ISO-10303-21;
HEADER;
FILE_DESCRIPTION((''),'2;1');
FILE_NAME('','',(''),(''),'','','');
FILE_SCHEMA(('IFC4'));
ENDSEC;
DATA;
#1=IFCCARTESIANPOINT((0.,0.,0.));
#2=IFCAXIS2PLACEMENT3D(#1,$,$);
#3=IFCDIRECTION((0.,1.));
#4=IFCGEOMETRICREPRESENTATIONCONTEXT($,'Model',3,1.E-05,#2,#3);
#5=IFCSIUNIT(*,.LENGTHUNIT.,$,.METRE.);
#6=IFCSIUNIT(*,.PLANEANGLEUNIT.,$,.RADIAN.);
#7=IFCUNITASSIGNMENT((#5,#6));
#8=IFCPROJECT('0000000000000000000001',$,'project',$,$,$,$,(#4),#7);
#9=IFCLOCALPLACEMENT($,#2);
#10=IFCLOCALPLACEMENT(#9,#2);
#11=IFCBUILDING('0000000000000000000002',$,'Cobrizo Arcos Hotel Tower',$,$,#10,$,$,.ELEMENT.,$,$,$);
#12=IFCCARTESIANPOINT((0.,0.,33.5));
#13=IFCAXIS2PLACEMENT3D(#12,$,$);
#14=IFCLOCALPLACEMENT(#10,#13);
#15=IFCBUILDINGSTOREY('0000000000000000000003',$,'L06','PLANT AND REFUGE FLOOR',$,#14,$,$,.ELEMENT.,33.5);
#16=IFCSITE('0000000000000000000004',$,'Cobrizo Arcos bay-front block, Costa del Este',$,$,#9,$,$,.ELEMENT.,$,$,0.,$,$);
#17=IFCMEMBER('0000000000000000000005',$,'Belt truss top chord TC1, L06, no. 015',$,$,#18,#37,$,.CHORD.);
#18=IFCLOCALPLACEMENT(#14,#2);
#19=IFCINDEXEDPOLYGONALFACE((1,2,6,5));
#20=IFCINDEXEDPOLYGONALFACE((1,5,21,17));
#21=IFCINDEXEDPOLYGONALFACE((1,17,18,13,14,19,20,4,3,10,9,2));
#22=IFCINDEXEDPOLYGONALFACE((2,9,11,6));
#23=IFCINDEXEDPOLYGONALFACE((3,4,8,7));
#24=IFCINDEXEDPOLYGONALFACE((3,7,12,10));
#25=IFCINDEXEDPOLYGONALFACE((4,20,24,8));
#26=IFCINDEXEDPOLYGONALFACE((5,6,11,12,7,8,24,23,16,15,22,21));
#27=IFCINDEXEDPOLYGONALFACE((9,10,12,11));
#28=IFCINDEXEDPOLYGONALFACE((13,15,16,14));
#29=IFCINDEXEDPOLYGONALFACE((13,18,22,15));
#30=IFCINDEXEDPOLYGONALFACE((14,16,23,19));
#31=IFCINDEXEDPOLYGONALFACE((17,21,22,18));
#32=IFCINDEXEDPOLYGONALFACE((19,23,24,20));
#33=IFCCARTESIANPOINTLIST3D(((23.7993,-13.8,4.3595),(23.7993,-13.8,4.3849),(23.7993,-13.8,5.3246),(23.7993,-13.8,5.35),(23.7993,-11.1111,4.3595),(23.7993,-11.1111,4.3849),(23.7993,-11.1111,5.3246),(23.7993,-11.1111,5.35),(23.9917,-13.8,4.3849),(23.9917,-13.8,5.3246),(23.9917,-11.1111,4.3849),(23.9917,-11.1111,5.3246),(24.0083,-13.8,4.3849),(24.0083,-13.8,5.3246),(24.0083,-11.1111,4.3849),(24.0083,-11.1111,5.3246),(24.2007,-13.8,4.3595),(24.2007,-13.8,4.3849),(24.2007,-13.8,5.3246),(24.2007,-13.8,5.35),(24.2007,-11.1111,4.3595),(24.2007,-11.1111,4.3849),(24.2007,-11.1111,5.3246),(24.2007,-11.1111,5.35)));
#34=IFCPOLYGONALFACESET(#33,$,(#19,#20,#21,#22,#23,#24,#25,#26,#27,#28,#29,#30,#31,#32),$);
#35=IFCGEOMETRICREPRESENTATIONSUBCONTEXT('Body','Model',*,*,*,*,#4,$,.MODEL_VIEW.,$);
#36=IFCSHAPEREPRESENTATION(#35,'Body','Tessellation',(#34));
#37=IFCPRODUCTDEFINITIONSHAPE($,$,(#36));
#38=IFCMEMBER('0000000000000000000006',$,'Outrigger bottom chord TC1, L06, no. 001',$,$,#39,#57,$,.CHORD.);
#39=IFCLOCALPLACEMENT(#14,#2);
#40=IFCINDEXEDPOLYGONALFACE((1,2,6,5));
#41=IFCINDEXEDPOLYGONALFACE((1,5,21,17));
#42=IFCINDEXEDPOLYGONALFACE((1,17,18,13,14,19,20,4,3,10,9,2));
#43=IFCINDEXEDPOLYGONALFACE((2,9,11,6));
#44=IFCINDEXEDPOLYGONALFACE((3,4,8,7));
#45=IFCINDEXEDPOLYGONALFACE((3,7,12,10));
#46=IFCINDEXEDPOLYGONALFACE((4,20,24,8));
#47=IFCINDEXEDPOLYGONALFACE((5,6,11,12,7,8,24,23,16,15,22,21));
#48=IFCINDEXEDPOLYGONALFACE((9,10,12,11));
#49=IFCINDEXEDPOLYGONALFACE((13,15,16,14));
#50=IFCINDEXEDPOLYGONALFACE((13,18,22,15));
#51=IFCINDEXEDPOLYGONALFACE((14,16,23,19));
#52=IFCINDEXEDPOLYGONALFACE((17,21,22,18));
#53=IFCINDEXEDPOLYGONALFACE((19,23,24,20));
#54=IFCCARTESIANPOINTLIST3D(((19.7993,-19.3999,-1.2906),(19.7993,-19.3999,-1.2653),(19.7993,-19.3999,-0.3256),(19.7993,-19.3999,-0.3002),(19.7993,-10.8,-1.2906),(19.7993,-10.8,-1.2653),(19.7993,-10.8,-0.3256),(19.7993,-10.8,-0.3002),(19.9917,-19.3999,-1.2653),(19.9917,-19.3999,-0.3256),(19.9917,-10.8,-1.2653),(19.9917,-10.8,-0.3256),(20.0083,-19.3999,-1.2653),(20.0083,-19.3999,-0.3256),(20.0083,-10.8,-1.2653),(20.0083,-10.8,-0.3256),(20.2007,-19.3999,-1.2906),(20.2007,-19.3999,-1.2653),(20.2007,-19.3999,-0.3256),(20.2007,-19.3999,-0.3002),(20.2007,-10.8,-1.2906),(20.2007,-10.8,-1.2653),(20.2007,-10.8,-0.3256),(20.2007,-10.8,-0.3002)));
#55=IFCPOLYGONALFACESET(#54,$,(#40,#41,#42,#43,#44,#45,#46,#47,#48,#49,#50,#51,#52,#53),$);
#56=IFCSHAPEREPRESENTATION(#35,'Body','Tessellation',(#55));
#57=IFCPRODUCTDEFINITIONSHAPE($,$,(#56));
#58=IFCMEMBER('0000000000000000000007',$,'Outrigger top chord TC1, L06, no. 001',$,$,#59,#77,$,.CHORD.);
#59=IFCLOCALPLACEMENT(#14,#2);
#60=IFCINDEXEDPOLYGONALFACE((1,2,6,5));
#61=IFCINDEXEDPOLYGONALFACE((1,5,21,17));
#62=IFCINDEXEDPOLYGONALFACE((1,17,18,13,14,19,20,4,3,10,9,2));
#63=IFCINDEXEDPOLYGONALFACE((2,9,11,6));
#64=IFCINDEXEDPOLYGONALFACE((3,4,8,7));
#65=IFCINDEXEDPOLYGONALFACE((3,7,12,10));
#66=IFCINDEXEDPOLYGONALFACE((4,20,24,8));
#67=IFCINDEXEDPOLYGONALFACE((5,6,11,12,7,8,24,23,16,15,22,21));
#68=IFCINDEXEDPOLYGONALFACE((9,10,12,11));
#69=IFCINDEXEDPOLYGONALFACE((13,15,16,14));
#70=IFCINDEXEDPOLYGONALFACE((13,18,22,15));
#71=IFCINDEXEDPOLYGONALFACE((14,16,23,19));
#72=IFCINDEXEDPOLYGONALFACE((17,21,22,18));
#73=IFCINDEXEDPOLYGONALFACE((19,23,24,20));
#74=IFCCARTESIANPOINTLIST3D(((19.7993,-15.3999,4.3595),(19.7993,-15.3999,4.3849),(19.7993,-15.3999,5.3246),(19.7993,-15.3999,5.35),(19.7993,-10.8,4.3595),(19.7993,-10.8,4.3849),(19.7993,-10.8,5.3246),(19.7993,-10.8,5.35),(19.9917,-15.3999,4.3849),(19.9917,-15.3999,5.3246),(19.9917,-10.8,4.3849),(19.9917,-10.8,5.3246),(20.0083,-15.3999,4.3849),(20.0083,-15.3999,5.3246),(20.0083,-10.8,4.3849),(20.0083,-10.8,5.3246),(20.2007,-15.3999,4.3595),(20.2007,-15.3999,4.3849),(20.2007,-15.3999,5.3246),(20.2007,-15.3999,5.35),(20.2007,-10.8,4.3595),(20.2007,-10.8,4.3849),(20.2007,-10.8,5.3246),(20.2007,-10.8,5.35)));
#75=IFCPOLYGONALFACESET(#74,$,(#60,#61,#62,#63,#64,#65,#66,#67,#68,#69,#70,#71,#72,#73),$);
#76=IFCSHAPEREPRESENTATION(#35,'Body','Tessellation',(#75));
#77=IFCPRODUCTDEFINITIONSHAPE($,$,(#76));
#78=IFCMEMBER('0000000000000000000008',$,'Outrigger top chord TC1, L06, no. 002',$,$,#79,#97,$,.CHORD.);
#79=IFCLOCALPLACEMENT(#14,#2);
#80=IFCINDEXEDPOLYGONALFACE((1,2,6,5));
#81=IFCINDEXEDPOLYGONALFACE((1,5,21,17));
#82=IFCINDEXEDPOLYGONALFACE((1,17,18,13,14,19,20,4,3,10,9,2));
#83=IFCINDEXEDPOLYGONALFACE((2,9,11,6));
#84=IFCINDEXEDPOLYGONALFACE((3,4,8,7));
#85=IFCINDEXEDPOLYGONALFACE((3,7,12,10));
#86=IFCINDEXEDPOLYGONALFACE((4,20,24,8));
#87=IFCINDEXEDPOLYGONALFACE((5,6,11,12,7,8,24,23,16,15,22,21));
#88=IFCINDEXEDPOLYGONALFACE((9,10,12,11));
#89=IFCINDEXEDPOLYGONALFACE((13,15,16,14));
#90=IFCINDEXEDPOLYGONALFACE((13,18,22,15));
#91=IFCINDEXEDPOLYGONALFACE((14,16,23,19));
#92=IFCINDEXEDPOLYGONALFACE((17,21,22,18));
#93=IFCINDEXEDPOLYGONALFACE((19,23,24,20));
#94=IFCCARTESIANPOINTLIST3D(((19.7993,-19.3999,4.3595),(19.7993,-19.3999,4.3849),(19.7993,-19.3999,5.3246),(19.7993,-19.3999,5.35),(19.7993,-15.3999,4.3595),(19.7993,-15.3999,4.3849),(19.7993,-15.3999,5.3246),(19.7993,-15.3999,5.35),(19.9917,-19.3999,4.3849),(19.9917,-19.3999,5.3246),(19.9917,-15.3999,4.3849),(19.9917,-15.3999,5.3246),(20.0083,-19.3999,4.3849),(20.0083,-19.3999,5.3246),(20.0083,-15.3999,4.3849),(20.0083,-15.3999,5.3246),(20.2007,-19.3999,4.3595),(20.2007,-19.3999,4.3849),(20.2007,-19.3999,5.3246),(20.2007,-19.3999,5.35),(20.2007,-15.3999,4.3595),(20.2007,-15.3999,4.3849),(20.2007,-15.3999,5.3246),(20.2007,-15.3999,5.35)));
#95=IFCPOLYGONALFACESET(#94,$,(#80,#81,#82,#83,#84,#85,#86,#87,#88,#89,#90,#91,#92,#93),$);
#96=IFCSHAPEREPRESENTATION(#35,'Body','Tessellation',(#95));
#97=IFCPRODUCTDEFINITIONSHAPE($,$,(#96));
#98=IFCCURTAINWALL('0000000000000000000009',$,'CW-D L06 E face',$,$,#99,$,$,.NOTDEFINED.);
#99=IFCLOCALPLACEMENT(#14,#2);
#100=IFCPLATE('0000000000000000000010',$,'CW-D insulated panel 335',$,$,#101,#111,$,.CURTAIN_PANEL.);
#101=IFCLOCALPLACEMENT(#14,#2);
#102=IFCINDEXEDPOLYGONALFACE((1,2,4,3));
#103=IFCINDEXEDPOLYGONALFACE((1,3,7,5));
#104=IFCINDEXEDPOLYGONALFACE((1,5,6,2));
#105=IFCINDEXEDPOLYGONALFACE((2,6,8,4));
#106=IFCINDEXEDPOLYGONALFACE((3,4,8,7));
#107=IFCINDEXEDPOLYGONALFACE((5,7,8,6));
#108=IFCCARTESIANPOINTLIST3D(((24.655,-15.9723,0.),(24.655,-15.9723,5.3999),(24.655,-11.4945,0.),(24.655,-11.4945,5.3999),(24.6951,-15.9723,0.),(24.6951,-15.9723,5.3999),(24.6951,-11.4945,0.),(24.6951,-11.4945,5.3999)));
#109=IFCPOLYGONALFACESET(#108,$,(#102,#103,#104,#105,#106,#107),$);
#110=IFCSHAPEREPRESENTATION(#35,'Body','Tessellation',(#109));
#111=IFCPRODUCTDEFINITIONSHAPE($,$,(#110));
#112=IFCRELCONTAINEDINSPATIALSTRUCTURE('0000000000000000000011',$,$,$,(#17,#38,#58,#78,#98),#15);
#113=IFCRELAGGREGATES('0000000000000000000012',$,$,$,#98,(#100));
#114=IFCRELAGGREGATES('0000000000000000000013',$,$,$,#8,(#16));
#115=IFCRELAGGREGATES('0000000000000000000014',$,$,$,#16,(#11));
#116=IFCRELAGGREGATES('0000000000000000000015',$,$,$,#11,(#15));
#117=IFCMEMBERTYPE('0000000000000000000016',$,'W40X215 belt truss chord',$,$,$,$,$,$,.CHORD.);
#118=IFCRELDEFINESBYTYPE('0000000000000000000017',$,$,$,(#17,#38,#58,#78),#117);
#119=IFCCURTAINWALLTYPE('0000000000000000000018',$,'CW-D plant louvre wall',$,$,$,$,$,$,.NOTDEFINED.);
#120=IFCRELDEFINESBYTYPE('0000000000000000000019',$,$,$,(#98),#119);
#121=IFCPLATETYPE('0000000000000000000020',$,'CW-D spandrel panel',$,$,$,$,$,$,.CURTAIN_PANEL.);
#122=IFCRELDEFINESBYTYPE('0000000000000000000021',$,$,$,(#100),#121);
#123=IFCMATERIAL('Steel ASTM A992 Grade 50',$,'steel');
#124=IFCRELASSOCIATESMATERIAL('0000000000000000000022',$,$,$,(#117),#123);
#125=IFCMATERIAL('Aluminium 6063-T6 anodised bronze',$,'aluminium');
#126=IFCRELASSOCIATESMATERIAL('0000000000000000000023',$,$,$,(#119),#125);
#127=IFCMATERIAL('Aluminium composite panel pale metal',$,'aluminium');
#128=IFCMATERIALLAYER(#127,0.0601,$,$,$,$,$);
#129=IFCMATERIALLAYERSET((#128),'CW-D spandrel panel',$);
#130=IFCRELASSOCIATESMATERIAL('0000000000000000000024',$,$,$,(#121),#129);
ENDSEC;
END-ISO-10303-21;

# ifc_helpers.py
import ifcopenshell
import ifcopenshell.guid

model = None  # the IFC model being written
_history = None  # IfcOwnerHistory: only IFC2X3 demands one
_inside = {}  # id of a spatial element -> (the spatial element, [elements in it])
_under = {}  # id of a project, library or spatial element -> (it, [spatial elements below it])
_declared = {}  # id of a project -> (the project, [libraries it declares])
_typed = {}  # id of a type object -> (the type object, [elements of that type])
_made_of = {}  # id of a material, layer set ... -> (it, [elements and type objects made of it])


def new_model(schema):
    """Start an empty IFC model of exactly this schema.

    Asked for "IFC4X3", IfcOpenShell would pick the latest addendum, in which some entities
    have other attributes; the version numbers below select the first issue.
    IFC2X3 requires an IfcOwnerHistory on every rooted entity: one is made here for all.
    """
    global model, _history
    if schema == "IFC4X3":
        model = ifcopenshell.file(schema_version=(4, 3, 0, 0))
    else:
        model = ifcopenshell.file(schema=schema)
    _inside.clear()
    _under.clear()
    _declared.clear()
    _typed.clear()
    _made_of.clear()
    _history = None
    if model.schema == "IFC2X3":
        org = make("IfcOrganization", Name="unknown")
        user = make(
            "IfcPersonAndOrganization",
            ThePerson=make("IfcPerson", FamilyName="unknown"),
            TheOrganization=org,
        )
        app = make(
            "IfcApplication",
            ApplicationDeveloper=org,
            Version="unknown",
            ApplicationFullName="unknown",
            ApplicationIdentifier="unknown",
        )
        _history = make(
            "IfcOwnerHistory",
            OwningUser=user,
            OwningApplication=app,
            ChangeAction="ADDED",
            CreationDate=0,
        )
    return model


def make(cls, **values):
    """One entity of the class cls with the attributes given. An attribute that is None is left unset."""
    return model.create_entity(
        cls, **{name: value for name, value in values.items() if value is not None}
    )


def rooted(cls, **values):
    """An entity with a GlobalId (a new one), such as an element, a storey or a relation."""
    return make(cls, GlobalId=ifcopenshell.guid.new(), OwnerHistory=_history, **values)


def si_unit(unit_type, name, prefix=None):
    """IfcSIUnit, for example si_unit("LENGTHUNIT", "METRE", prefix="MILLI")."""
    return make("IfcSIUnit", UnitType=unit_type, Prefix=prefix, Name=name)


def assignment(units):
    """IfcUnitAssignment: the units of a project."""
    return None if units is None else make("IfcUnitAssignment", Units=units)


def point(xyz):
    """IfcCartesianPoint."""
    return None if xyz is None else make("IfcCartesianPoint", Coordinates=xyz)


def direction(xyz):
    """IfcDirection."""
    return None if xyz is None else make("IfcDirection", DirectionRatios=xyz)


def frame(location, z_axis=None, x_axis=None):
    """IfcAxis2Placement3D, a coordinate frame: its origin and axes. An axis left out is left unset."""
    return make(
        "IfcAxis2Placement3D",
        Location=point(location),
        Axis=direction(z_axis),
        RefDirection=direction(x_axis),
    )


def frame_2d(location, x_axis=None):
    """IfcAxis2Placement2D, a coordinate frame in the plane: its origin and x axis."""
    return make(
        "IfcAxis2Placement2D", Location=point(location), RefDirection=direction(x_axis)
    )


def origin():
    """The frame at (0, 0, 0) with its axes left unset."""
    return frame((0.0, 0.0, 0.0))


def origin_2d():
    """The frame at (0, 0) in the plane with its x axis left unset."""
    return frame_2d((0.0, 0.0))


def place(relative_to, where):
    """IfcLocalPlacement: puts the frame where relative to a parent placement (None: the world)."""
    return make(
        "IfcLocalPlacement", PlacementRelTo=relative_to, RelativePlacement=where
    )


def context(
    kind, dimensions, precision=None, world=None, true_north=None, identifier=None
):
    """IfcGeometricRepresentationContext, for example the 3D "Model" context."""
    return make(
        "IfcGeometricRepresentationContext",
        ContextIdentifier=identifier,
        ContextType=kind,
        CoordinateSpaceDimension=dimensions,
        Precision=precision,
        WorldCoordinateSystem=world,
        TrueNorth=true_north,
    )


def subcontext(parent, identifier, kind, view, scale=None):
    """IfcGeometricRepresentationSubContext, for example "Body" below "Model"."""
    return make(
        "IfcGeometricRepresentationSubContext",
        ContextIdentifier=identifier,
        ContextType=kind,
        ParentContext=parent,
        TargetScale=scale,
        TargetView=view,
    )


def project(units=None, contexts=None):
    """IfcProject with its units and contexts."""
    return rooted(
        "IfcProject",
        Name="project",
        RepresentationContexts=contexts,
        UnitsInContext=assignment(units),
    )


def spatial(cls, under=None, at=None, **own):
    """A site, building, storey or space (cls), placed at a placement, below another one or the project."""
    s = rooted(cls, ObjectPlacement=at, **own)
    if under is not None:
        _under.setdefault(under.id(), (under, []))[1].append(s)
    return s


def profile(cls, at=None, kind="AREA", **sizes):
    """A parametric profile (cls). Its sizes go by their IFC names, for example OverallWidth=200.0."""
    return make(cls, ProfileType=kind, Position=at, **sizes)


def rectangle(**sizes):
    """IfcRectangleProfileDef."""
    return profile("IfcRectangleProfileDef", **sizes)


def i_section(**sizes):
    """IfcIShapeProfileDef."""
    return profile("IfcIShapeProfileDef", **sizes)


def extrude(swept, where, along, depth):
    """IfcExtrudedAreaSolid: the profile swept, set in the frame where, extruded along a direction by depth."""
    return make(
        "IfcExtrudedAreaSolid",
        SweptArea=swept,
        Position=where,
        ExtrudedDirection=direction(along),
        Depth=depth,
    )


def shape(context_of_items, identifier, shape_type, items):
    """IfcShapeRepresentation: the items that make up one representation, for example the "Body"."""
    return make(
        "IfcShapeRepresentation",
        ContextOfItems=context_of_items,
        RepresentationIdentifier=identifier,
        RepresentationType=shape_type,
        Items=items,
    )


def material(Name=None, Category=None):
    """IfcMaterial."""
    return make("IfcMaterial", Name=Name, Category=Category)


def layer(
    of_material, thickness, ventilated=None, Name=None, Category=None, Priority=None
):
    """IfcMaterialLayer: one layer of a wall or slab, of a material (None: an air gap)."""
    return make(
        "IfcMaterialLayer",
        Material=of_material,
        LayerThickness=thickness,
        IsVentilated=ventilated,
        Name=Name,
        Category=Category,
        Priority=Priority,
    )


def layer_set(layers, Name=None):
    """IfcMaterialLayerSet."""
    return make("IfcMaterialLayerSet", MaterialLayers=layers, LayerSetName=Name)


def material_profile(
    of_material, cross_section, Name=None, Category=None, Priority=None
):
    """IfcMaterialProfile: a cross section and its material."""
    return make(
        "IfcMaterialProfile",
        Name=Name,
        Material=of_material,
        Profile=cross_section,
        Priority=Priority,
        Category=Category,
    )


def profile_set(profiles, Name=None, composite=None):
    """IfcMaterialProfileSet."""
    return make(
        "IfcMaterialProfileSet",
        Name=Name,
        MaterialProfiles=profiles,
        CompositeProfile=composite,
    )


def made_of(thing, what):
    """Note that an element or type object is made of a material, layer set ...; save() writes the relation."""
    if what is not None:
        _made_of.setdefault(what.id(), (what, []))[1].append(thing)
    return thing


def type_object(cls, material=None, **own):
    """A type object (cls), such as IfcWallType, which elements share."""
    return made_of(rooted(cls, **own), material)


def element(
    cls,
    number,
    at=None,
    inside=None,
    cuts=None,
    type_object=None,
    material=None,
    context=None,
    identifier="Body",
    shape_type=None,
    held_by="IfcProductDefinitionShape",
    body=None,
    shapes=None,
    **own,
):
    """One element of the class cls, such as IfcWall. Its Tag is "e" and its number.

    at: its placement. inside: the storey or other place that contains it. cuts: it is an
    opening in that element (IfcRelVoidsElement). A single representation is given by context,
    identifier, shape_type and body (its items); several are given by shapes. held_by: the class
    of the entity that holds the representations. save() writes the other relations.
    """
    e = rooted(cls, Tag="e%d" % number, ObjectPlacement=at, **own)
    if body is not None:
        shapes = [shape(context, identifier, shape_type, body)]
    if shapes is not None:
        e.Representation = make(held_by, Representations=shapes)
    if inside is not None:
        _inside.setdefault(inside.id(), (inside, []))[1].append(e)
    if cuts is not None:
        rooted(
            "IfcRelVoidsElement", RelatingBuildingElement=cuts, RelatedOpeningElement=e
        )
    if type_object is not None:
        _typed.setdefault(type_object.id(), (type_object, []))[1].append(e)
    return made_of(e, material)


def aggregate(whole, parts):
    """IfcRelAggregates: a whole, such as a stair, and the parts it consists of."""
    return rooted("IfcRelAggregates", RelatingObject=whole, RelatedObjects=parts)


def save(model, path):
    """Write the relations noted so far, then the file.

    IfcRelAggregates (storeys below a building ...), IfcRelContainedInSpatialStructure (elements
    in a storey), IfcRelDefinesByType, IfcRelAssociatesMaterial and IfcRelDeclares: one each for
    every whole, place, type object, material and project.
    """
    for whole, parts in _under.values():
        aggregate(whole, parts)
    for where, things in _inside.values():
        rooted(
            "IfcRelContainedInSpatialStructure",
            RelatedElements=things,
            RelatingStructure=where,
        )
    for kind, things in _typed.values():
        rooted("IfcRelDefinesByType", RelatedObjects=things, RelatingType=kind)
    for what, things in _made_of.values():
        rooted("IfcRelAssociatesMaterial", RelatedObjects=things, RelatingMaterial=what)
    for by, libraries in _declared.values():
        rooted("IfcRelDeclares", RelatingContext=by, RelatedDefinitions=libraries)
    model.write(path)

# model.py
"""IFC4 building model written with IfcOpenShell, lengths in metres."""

from ifc_helpers import new_model, si_unit, direction, frame, origin, origin_2d, place, context, subcontext, project, spatial, rectangle, i_section, extrude, material, layer, layer_set, material_profile, profile_set, type_object, element, aggregate, save


model = new_model("IFC4")

# Units and contexts
model_context = context("Model", 3, precision=1e-05, world=origin(), true_north=direction((0.0, 1.0)))
body_context = subcontext(model_context, "Body", "Model", "MODEL_VIEW")
ifc_project = project(units=[si_unit("LENGTHUNIT", "METRE"), si_unit("PLANEANGLEUNIT", "RADIAN")], contexts=[model_context])

# Site, building, storey
site_placement = place(None, origin())
site = spatial("IfcSite", under=ifc_project, at=site_placement, Name="Cobrizo Arcos bay-front block, Costa del Este", CompositionType="ELEMENT", RefElevation=0.0)
building_placement = place(site_placement, origin())
building = spatial("IfcBuilding", under=site, at=building_placement, Name="Cobrizo Arcos Hotel Tower", CompositionType="ELEMENT")
storey_placement = place(building_placement, frame((0.0, 0.0, 33.5)))
storey = spatial("IfcBuildingStorey", under=building, at=storey_placement, Name="L06", Description="PLANT AND REFUGE FLOOR", CompositionType="ELEMENT", Elevation=33.5)

# Shared definitions
ifc_material_1 = material(Name="Steel ASTM A992 Grade 50", Category="steel")

# Members
ifc_material_profile_1 = material_profile(ifc_material_1, i_section(OverallWidth=0.4014, OverallDepth=0.9905, WebThickness=0.0166, FlangeThickness=0.0254, at=origin_2d()), Name="W40X215")
ifc_profile_set_1 = profile_set([ifc_material_profile_1], Name="Steel ASTM A992 Grade 50")
member_type_1 = type_object("IfcMemberType", Name="W40X215 belt truss chord", PredefinedType="CHORD", material=ifc_profile_set_1)
member_1_placement = place(storey_placement, frame((24.0, -13.8, 4.8547), z_axis=(0.0, 1.0, 0.0), x_axis=(-1.0, 0.0, 0.0)))
element("IfcMember", 1, at=member_1_placement, inside=storey, type_object=member_type_1, Name="Belt truss top chord TC1, L06, no. 015", PredefinedType="CHORD", context=body_context, shape_type="SweptSolid", body=[
    extrude(i_section(OverallWidth=0.4014, OverallDepth=0.9905, WebThickness=0.0166, FlangeThickness=0.0254, at=origin_2d()), origin(), (0.0, 0.0, 1.0), 2.689),
])
member_2_placement = place(storey_placement, frame((20.0, -10.8, -0.7954), z_axis=(0.0, -1.0, 0.0), x_axis=(1.0, 0.0, 0.0)))
element("IfcMember", 2, at=member_2_placement, inside=storey, type_object=member_type_1, Name="Outrigger bottom chord TC1, L06, no. 001", PredefinedType="CHORD", context=body_context, shape_type="SweptSolid", body=[
    extrude(i_section(OverallWidth=0.4014, OverallDepth=0.9905, WebThickness=0.0166, FlangeThickness=0.0254, at=origin_2d()), origin(), (0.0, 0.0, 1.0), 8.5999),
])
member_3_placement = place(storey_placement, frame((20.0, -10.8, 4.8547), z_axis=(0.0, -1.0, 0.0), x_axis=(1.0, 0.0, 0.0)))
element("IfcMember", 3, at=member_3_placement, inside=storey, type_object=member_type_1, Name="Outrigger top chord TC1, L06, no. 001", PredefinedType="CHORD", context=body_context, shape_type="SweptSolid", body=[
    extrude(i_section(OverallWidth=0.4014, OverallDepth=0.9905, WebThickness=0.0166, FlangeThickness=0.0254, at=origin_2d()), origin(), (0.0, 0.0, 1.0), 4.5999),
])
member_4_placement = place(storey_placement, frame((20.0, -15.3999, 4.8547), z_axis=(0.0, -1.0, 0.0), x_axis=(1.0, 0.0, 0.0)))
element("IfcMember", 4, at=member_4_placement, inside=storey, type_object=member_type_1, Name="Outrigger top chord TC1, L06, no. 002", PredefinedType="CHORD", context=body_context, shape_type="SweptSolid", body=[
    extrude(i_section(OverallWidth=0.4014, OverallDepth=0.9905, WebThickness=0.0166, FlangeThickness=0.0254, at=origin_2d()), origin(), (0.0, 0.0, 1.0), 4.0),
])

# Curtain wall, plate
ifc_material_2 = material(Name="Aluminium 6063-T6 anodised bronze", Category="aluminium")
curtain_wall_type = type_object("IfcCurtainWallType", Name="CW-D plant louvre wall", PredefinedType="NOTDEFINED", material=ifc_material_2)
curtain_wall_placement = place(storey_placement, origin())
curtain_wall = element("IfcCurtainWall", 5, at=curtain_wall_placement, inside=storey, type_object=curtain_wall_type, Name="CW-D L06 E face", PredefinedType="NOTDEFINED")
ifc_material_3 = material(Name="Aluminium composite panel pale metal", Category="aluminium")
ifc_layer_1 = layer(ifc_material_3, 0.0601)
ifc_layer_set_1 = layer_set([ifc_layer_1], Name="CW-D spandrel panel")
plate_type = type_object("IfcPlateType", Name="CW-D spandrel panel", PredefinedType="CURTAIN_PANEL", material=ifc_layer_set_1)
plate_placement = place(storey_placement, frame((24.675, -13.7334, 0.0), z_axis=(0.0, 0.0, 1.0), x_axis=(0.0, 1.0, 0.0)))
plate = element("IfcPlate", 6, at=plate_placement, type_object=plate_type, Name="CW-D insulated panel 335", PredefinedType="CURTAIN_PANEL", context=body_context, shape_type="SweptSolid", body=[
    extrude(rectangle(XDim=4.4778, YDim=0.04, at=origin_2d()), origin(), (0.0, 0.0, 1.0), 5.3999),
])
aggregate(curtain_wall, [plate])

save(model, "model.ifc")
